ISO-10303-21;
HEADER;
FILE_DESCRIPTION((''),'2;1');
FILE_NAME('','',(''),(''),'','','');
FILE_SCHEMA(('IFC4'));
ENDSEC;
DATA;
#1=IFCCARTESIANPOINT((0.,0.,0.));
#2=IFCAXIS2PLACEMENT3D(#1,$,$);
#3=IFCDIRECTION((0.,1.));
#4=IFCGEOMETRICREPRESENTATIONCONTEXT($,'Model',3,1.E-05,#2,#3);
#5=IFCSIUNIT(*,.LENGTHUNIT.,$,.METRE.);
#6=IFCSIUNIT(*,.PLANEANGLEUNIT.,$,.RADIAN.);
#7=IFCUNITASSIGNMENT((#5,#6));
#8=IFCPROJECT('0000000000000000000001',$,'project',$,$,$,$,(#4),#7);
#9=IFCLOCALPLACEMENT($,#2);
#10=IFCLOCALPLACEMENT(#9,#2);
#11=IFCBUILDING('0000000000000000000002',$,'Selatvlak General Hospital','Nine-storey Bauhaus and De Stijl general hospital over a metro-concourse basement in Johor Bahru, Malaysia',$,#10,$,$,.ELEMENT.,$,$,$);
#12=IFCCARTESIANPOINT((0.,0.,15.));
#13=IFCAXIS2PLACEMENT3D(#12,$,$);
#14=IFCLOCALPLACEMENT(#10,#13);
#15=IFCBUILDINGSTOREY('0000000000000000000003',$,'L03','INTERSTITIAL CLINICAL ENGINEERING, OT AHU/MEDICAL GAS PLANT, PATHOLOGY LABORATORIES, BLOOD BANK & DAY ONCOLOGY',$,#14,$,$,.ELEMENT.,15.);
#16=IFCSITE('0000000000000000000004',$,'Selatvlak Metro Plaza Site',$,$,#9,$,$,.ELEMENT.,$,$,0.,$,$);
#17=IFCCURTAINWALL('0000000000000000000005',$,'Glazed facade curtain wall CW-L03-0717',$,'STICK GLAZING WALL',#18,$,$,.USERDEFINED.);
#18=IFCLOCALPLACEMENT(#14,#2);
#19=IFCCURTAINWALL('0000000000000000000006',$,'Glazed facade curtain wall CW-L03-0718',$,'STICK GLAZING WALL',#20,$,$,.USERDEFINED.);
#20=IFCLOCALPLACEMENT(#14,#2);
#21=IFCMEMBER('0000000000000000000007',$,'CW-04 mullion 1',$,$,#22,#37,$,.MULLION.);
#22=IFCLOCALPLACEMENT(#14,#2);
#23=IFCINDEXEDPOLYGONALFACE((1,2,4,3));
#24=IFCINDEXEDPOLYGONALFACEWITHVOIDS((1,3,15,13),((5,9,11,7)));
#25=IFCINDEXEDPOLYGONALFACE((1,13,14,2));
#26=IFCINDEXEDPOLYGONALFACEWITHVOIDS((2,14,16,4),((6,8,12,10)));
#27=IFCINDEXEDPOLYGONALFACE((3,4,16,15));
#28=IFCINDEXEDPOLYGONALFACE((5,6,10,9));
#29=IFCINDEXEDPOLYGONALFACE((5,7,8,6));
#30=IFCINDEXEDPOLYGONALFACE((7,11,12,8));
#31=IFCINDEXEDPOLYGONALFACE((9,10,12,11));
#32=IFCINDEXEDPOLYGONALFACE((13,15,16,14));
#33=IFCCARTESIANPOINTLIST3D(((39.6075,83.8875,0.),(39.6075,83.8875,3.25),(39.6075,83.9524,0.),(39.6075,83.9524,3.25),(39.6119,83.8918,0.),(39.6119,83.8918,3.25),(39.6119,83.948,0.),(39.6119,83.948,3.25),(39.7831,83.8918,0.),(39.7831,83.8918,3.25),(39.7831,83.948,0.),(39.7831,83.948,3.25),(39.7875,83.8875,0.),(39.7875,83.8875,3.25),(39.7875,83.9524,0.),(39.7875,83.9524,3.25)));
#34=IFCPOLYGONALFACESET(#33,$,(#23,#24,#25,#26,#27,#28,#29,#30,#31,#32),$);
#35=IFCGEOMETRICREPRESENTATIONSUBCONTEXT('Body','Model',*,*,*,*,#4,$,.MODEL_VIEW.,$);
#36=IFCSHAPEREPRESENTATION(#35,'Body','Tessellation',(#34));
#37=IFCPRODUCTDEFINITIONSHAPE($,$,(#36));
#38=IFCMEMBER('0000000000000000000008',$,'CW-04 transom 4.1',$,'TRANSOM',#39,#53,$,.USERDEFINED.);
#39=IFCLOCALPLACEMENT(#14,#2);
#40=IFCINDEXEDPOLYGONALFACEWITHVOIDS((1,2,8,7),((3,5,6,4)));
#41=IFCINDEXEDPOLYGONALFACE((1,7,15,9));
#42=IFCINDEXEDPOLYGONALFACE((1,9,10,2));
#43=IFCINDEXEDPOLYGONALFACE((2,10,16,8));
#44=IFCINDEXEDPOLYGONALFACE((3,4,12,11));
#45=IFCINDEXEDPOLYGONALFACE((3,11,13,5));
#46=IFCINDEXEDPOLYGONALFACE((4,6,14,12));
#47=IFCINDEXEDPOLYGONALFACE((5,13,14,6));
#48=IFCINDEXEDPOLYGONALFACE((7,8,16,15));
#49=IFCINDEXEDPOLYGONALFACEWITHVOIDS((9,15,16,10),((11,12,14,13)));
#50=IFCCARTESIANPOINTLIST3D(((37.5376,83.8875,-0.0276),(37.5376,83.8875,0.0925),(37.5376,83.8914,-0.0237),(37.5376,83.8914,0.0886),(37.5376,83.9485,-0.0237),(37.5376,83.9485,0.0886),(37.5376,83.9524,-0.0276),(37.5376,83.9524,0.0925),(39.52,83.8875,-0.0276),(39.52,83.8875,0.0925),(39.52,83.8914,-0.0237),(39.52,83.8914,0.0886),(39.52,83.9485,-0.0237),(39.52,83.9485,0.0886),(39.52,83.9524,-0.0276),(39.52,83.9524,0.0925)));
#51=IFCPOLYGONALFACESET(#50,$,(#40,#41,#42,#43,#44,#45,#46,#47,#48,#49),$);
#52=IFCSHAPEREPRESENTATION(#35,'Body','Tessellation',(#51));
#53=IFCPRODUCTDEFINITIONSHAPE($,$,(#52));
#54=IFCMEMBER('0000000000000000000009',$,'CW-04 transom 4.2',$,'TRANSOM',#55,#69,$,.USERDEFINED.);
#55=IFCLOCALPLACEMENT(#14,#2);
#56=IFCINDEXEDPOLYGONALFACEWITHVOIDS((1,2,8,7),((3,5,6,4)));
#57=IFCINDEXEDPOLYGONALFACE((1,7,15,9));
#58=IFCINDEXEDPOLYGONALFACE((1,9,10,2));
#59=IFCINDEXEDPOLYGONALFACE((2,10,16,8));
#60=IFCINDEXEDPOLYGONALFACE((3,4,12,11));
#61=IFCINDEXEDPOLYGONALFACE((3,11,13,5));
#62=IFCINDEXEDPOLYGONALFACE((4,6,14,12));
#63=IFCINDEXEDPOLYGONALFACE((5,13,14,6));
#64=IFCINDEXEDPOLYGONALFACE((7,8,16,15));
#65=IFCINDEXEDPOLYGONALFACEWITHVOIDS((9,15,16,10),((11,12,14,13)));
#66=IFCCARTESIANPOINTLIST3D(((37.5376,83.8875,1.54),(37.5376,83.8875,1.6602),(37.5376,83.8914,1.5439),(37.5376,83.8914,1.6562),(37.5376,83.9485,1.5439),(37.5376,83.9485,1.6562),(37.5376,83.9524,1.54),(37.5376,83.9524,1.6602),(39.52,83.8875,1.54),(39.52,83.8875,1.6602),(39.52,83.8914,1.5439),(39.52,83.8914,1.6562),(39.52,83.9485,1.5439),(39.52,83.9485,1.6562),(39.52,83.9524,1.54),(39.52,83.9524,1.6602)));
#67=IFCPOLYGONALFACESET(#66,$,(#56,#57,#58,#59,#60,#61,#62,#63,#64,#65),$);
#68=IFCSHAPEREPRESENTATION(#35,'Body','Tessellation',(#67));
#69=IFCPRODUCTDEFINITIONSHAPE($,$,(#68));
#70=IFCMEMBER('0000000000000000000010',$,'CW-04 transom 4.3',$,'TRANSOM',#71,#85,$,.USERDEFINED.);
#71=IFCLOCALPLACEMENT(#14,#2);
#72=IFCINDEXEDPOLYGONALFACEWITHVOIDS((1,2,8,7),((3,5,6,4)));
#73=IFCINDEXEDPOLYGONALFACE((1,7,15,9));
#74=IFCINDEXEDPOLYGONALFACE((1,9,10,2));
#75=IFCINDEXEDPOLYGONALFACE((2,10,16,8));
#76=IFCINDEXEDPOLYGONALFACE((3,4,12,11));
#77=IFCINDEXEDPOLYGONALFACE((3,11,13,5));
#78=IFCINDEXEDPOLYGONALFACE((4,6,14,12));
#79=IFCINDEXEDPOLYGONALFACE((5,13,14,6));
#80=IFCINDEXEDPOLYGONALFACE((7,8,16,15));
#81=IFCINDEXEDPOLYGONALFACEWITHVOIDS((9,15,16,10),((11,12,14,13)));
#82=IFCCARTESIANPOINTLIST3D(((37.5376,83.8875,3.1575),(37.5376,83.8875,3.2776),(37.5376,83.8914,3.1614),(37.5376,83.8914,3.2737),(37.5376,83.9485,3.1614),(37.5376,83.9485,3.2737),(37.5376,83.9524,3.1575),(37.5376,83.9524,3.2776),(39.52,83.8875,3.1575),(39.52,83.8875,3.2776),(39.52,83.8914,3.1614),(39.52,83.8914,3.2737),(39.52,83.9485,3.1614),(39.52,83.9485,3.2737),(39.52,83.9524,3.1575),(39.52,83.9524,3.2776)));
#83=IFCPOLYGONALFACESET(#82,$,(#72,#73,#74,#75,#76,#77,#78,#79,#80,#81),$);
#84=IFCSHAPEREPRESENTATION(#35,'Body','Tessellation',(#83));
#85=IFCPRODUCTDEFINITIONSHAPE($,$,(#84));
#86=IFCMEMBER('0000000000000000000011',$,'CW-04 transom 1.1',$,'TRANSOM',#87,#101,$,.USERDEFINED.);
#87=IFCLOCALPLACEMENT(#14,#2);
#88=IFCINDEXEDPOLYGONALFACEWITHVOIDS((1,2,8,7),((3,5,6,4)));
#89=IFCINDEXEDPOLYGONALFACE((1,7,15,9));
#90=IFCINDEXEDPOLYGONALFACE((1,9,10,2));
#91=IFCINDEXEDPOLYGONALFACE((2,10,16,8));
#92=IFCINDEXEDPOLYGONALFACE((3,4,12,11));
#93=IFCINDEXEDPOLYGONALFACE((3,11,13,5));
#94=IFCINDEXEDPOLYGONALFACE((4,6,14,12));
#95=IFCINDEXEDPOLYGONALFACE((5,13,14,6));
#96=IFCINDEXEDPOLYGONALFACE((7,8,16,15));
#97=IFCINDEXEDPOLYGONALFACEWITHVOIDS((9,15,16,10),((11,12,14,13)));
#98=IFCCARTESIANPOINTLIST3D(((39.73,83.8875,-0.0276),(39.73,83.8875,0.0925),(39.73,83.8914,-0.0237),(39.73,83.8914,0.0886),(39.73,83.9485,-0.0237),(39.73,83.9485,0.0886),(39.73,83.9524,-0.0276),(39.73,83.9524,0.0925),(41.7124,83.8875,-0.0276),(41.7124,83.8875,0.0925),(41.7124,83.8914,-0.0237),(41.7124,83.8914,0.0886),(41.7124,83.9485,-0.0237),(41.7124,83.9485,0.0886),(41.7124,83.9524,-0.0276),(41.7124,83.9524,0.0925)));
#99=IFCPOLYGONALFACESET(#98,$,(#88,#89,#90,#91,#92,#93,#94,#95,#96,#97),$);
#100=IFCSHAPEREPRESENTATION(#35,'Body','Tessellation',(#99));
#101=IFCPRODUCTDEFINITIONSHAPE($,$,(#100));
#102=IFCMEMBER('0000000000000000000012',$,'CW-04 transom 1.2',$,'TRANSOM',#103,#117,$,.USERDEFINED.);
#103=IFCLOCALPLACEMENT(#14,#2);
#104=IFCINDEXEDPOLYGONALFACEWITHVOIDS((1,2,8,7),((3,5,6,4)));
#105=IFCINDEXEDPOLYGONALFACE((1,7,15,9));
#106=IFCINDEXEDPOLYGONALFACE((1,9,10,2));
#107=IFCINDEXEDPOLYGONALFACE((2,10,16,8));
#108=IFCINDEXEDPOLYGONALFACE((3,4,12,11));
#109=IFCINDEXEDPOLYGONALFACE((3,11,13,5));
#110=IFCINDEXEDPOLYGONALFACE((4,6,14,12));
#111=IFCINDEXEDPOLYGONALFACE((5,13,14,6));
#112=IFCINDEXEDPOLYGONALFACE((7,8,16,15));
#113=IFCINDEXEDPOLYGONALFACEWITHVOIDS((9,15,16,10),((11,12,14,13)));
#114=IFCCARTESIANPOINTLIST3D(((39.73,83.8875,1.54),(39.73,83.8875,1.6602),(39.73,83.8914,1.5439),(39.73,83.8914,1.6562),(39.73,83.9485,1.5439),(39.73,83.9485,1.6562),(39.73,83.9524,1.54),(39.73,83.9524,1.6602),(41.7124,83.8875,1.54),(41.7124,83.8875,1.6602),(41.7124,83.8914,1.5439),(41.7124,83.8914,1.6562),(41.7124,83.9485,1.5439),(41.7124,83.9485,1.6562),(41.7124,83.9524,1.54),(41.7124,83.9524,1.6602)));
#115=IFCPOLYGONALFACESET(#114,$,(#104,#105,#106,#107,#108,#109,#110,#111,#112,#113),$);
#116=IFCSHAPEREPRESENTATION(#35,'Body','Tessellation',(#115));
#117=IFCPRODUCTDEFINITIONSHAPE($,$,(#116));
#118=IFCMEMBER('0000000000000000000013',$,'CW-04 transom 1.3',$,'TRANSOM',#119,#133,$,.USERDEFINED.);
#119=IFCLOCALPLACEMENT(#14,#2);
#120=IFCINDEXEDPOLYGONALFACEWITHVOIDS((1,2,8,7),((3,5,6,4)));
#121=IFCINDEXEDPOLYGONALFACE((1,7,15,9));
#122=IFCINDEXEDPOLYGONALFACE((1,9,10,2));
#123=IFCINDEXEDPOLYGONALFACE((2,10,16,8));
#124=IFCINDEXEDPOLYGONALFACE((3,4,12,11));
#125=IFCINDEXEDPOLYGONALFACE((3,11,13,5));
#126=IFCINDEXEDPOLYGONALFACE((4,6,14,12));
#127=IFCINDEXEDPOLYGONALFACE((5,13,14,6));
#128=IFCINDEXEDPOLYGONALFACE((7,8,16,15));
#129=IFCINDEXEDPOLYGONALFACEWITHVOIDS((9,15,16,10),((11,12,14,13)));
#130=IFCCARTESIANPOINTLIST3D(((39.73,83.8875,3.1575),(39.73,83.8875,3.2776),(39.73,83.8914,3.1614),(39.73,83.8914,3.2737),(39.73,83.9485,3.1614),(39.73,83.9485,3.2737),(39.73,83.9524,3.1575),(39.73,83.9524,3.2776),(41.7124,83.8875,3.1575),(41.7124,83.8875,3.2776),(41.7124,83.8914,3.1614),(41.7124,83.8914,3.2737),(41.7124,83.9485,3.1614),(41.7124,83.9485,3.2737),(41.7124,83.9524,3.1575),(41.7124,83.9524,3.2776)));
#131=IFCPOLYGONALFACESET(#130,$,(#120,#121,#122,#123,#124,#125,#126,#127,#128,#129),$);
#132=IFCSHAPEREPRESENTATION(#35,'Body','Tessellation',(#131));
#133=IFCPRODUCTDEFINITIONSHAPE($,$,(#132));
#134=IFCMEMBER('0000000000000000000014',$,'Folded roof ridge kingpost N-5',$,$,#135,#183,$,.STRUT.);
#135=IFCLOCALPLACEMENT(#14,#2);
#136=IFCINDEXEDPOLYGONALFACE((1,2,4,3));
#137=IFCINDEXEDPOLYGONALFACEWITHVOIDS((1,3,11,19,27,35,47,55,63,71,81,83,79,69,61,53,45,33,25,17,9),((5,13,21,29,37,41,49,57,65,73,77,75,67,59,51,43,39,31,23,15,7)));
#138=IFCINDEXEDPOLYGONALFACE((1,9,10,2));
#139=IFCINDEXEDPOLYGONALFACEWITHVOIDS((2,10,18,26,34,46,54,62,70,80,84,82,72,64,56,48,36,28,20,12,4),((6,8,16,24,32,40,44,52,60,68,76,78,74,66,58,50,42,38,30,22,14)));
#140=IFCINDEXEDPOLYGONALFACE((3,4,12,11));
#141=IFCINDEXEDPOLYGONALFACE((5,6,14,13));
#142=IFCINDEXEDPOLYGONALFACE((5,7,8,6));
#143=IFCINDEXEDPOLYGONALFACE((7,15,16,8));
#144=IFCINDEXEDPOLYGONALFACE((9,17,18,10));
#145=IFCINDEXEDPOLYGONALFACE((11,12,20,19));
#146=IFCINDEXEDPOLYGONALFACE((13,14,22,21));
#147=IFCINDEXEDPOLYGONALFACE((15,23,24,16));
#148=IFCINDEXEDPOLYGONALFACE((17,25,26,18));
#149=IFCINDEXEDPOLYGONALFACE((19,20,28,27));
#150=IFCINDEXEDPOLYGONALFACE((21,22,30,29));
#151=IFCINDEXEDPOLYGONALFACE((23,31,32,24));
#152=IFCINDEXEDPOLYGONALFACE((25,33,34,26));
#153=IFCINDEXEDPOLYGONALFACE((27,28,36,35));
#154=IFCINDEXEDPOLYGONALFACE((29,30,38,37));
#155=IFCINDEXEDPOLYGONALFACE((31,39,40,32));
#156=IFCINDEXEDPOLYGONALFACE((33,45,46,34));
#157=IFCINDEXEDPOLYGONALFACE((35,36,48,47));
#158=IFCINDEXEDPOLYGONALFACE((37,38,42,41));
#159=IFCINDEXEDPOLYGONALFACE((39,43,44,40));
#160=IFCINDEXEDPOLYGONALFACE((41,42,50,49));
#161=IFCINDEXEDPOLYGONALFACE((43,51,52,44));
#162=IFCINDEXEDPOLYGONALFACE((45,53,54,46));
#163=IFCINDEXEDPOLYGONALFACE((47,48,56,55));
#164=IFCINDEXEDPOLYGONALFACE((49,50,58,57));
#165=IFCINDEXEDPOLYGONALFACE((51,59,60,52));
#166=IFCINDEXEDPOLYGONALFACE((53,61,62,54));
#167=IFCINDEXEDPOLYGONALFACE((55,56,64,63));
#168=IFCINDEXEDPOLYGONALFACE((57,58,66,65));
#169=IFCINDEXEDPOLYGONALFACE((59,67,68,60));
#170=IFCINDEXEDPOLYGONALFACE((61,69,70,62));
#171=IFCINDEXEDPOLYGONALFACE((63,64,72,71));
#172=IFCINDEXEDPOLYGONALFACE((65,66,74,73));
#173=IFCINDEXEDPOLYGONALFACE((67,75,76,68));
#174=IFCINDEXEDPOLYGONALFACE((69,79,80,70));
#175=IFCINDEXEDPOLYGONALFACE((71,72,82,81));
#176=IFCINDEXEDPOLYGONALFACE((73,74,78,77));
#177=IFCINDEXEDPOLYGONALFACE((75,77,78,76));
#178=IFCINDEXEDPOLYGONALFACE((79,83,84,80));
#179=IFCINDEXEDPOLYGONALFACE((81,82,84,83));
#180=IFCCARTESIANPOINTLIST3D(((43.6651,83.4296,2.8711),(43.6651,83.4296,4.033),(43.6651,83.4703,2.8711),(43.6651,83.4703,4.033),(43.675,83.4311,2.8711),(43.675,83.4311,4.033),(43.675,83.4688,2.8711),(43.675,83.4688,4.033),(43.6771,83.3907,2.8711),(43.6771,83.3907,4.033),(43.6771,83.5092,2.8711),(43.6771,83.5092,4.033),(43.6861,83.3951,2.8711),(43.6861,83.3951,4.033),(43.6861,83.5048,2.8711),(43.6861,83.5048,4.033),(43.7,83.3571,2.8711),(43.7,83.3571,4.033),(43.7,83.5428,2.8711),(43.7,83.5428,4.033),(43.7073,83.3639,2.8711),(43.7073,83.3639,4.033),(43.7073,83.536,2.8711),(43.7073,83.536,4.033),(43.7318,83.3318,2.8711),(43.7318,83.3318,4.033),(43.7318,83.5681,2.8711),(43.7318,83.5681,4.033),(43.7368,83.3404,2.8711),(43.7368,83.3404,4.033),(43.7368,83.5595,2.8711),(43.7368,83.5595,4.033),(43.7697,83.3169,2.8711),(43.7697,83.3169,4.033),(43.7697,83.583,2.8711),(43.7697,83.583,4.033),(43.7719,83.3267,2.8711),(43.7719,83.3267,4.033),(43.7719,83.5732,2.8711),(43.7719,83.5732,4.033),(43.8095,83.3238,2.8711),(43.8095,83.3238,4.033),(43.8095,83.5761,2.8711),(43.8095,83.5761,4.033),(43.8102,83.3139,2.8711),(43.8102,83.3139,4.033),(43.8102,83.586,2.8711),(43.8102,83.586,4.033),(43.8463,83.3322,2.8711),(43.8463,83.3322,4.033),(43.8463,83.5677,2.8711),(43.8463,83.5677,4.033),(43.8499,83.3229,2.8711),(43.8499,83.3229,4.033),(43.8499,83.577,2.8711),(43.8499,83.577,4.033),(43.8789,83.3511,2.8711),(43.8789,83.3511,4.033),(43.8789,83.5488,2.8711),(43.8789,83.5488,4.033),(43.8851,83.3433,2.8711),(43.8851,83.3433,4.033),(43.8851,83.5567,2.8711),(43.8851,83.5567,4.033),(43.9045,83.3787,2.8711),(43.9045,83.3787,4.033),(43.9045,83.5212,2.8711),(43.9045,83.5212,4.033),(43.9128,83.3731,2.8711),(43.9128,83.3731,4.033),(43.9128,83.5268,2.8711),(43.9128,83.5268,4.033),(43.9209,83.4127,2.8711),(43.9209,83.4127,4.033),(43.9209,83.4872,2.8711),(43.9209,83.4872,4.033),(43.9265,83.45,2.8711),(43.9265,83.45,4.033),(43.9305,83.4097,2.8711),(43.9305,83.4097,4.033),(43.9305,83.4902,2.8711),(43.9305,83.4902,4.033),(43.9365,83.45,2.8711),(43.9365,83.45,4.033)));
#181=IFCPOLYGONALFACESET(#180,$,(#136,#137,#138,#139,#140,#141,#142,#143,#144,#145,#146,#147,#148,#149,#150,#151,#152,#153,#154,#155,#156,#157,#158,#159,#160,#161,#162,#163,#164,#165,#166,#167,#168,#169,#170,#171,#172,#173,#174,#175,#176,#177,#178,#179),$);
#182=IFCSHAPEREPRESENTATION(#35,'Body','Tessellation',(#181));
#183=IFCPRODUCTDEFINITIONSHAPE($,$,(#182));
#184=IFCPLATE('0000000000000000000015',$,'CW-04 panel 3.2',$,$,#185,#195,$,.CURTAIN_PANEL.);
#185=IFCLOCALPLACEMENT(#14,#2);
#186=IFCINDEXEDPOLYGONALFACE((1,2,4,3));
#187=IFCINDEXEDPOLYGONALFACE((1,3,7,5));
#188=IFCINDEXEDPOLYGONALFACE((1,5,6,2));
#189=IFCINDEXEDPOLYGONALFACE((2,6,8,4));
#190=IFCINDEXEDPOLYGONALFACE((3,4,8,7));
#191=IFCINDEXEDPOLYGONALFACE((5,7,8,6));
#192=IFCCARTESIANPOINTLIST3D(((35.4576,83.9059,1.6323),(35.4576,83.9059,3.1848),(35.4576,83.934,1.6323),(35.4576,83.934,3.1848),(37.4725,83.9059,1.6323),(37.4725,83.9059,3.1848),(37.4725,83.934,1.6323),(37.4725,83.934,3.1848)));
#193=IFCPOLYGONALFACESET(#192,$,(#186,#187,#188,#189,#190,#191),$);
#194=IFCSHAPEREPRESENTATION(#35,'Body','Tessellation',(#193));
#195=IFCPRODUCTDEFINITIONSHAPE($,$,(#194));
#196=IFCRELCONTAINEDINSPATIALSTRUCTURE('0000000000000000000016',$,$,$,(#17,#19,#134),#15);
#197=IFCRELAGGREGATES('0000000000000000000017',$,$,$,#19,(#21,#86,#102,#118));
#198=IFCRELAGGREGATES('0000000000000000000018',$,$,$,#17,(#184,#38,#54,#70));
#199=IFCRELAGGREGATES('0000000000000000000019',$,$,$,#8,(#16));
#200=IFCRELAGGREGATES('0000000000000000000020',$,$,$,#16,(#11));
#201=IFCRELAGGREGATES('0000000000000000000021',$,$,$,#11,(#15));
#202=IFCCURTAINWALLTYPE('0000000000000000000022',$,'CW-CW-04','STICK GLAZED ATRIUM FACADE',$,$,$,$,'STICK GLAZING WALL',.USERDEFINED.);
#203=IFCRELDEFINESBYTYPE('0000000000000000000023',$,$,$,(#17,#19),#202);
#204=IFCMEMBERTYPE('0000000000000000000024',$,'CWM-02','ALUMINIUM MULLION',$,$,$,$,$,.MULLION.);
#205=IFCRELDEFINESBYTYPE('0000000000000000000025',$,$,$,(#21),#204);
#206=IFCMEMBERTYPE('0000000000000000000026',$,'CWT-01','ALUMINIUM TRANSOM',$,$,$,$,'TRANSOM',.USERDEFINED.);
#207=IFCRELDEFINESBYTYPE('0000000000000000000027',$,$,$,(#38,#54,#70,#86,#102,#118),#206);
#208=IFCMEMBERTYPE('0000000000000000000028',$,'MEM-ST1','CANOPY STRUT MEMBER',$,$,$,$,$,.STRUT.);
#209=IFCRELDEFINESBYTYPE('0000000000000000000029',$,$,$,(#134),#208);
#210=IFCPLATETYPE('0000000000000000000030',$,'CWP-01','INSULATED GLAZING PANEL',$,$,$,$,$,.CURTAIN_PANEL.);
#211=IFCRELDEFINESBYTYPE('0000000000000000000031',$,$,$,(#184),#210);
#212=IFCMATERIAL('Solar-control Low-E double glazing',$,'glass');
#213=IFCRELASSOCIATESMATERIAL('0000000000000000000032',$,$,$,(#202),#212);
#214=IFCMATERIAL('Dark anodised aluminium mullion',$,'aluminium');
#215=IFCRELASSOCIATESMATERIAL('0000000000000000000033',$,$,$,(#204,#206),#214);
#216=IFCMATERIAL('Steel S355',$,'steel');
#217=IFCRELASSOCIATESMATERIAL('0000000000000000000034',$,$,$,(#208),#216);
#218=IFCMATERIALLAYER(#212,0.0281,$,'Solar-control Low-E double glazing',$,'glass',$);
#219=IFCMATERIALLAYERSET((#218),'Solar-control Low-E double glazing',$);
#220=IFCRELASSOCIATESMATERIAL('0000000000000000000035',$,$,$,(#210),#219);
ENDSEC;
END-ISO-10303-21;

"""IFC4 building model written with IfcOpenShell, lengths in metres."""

from ifc_helpers import new_model, si_unit, direction, frame, origin, origin_2d, place, context, subcontext, project, spatial, rectangle, hollow_rectangle, hollow_circle, extrude, material, layer, layer_set, material_profile, profile_set, type_object, element, aggregate, save


model = new_model("IFC4")

# Units and contexts
model_context = context("Model", 3, precision=1e-05, world=origin(), true_north=direction((0.0, 1.0)))
body_context = subcontext(model_context, "Body", "Model", "MODEL_VIEW")
ifc_project = project(units=[si_unit("LENGTHUNIT", "METRE"), si_unit("PLANEANGLEUNIT", "RADIAN")], contexts=[model_context])

# Site, building, storey
site_placement = place(None, origin())
site = spatial("IfcSite", under=ifc_project, at=site_placement, Name="Selatvlak Metro Plaza Site", CompositionType="ELEMENT", RefElevation=0.0)
building_placement = place(site_placement, origin())
building = spatial("IfcBuilding", under=site, at=building_placement, Name="Selatvlak General Hospital", Description="Nine-storey Bauhaus and De Stijl general hospital over a metro-concourse basement in Johor Bahru, Malaysia", CompositionType="ELEMENT")
storey_placement = place(building_placement, frame((0.0, 0.0, 15.0)))
storey = spatial("IfcBuildingStorey", under=building, at=storey_placement, Name="L03", Description="INTERSTITIAL CLINICAL ENGINEERING, OT AHU/MEDICAL GAS PLANT, PATHOLOGY LABORATORIES, BLOOD BANK & DAY ONCOLOGY", CompositionType="ELEMENT", Elevation=15.0)

# Shared definitions
ifc_material_1 = material(Name="Steel S355", Category="steel")

# Curtain wall
ifc_material_2 = material(Name="Solar-control Low-E double glazing", Category="glass")
curtain_wall_type = type_object("IfcCurtainWallType", Name="CW-CW-04", Description="STICK GLAZED ATRIUM FACADE", ElementType="STICK GLAZING WALL", PredefinedType="USERDEFINED", material=ifc_material_2)
curtain_wall_1_placement = place(storey_placement, origin())
curtain_wall_1 = element("IfcCurtainWall", 1, at=curtain_wall_1_placement, inside=storey, type_object=curtain_wall_type, Name="Glazed facade curtain wall CW-L03-0717", ObjectType="STICK GLAZING WALL", PredefinedType="USERDEFINED")
ifc_material_3 = material(Name="Dark anodised aluminium mullion", Category="aluminium")
ifc_material_profile_1 = material_profile(ifc_material_3, hollow_rectangle(XDim=0.0649, YDim=0.1799, WallThickness=0.0044, at=origin_2d()), Name="AL-MUL 65x180x4.5")
ifc_profile_set_1 = profile_set([ifc_material_profile_1], Name="Dark anodised aluminium mullion")
member_type_1 = type_object("IfcMemberType", Name="CWM-02", Description="ALUMINIUM MULLION", PredefinedType="MULLION", material=ifc_profile_set_1)

# Curtain wall, member
curtain_wall_2_placement = place(storey_placement, origin())
curtain_wall_2 = element("IfcCurtainWall", 2, at=curtain_wall_2_placement, inside=storey, type_object=curtain_wall_type, Name="Glazed facade curtain wall CW-L03-0718", ObjectType="STICK GLAZING WALL", PredefinedType="USERDEFINED")
member_1_placement = place(storey_placement, frame((39.6975, 83.9199, 0.0), z_axis=(0.0, 0.0, 1.0), x_axis=(0.0, 1.0, 0.0)))
member_1 = element("IfcMember", 3, at=member_1_placement, type_object=member_type_1, Name="CW-04 mullion 1", PredefinedType="MULLION", context=body_context, shape_type="SweptSolid", body=[
    extrude(hollow_rectangle(XDim=0.0649, YDim=0.1799, WallThickness=0.0044, at=origin_2d()), origin(), (0.0, 0.0, 1.0), 3.25),
])

# Members
ifc_material_profile_2 = material_profile(ifc_material_3, hollow_rectangle(XDim=0.0649, YDim=0.1201, WallThickness=0.0039, at=origin_2d()), Name="AL-TRN 65x120x4")
ifc_profile_set_2 = profile_set([ifc_material_profile_2], Name="Dark anodised aluminium mullion")
member_type_2 = type_object("IfcMemberType", Name="CWT-01", Description="ALUMINIUM TRANSOM", ElementType="TRANSOM", PredefinedType="USERDEFINED", material=ifc_profile_set_2)
member_2_placement = place(storey_placement, frame((37.5376, 83.9199, 0.0325), z_axis=(1.0, 0.0, 0.0), x_axis=(0.0, 1.0, 0.0)))
member_2 = element("IfcMember", 4, at=member_2_placement, type_object=member_type_2, Name="CW-04 transom 4.1", ObjectType="TRANSOM", PredefinedType="USERDEFINED", context=body_context, shape_type="SweptSolid", body=[
    extrude(hollow_rectangle(XDim=0.0649, YDim=0.1201, WallThickness=0.0039, at=origin_2d()), origin(), (0.0, 0.0, 1.0), 1.9824),
])
member_3_placement = place(storey_placement, frame((37.5376, 83.9199, 1.6001), z_axis=(1.0, 0.0, 0.0), x_axis=(0.0, 1.0, 0.0)))
member_3 = element("IfcMember", 5, at=member_3_placement, type_object=member_type_2, Name="CW-04 transom 4.2", ObjectType="TRANSOM", PredefinedType="USERDEFINED", context=body_context, shape_type="SweptSolid", body=[
    extrude(hollow_rectangle(XDim=0.0649, YDim=0.1201, WallThickness=0.0039, at=origin_2d()), origin(), (0.0, 0.0, 1.0), 1.9824),
])
member_4_placement = place(storey_placement, frame((37.5376, 83.9199, 3.2175), z_axis=(1.0, 0.0, 0.0), x_axis=(0.0, 1.0, 0.0)))
member_4 = element("IfcMember", 6, at=member_4_placement, type_object=member_type_2, Name="CW-04 transom 4.3", ObjectType="TRANSOM", PredefinedType="USERDEFINED", context=body_context, shape_type="SweptSolid", body=[
    extrude(hollow_rectangle(XDim=0.0649, YDim=0.1201, WallThickness=0.0039, at=origin_2d()), origin(), (0.0, 0.0, 1.0), 1.9824),
])
member_5_placement = place(storey_placement, frame((39.73, 83.9199, 0.0325), z_axis=(1.0, 0.0, 0.0), x_axis=(0.0, 1.0, 0.0)))
member_5 = element("IfcMember", 7, at=member_5_placement, type_object=member_type_2, Name="CW-04 transom 1.1", ObjectType="TRANSOM", PredefinedType="USERDEFINED", context=body_context, shape_type="SweptSolid", body=[
    extrude(hollow_rectangle(XDim=0.0649, YDim=0.1201, WallThickness=0.0039, at=origin_2d()), origin(), (0.0, 0.0, 1.0), 1.9824),
])
member_6_placement = place(storey_placement, frame((39.73, 83.9199, 1.6001), z_axis=(1.0, 0.0, 0.0), x_axis=(0.0, 1.0, 0.0)))
member_6 = element("IfcMember", 8, at=member_6_placement, type_object=member_type_2, Name="CW-04 transom 1.2", ObjectType="TRANSOM", PredefinedType="USERDEFINED", context=body_context, shape_type="SweptSolid", body=[
    extrude(hollow_rectangle(XDim=0.0649, YDim=0.1201, WallThickness=0.0039, at=origin_2d()), origin(), (0.0, 0.0, 1.0), 1.9824),
])
member_7_placement = place(storey_placement, frame((39.73, 83.9199, 3.2175), z_axis=(1.0, 0.0, 0.0), x_axis=(0.0, 1.0, 0.0)))
member_7 = element("IfcMember", 9, at=member_7_placement, type_object=member_type_2, Name="CW-04 transom 1.3", ObjectType="TRANSOM", PredefinedType="USERDEFINED", context=body_context, shape_type="SweptSolid", body=[
    extrude(hollow_rectangle(XDim=0.0649, YDim=0.1201, WallThickness=0.0039, at=origin_2d()), origin(), (0.0, 0.0, 1.0), 1.9824),
])
aggregate(curtain_wall_2, [member_1, member_5, member_6, member_7])
ifc_material_profile_3 = material_profile(ifc_material_1, hollow_circle(Radius=0.1365, WallThickness=0.01, at=origin_2d()), Name="CHS 273.0x10")
ifc_profile_set_3 = profile_set([ifc_material_profile_3], Name="Steel S355")
member_type_3 = type_object("IfcMemberType", Name="MEM-ST1", Description="CANOPY STRUT MEMBER", PredefinedType="STRUT", material=ifc_profile_set_3)
member_8_placement = place(storey_placement, frame((43.8, 83.45, 2.8711), z_axis=(0.0, 0.0, 1.0), x_axis=(1.0, 0.0, 0.0)))
element("IfcMember", 10, at=member_8_placement, inside=storey, type_object=member_type_3, Name="Folded roof ridge kingpost N-5", PredefinedType="STRUT", context=body_context, shape_type="SweptSolid", body=[
    extrude(hollow_circle(Radius=0.1365, WallThickness=0.01, at=origin_2d()), origin(), (0.0, 0.0, 1.0), 1.1619),
])

# Plate
ifc_layer_1 = layer(ifc_material_2, 0.0281, Name="Solar-control Low-E double glazing", Category="glass")
ifc_layer_set_1 = layer_set([ifc_layer_1], Name="Solar-control Low-E double glazing")
plate_type_1 = type_object("IfcPlateType", Name="CWP-01", Description="INSULATED GLAZING PANEL", PredefinedType="CURTAIN_PANEL", material=ifc_layer_set_1)
plate_1_placement = place(storey_placement, frame((36.4651, 83.9199, 1.6323), z_axis=(0.0, 0.0, 1.0), x_axis=(1.0, 0.0, 0.0)))
plate_1 = element("IfcPlate", 11, at=plate_1_placement, type_object=plate_type_1, Name="CW-04 panel 3.2", PredefinedType="CURTAIN_PANEL", context=body_context, shape_type="SweptSolid", body=[
    extrude(rectangle(XDim=2.0149, YDim=0.0281, at=origin_2d()), origin(), (0.0, 0.0, 1.0), 1.5525),
])
aggregate(curtain_wall_1, [plate_1, member_2, member_3, member_4])

save(model, "model.ifc")
